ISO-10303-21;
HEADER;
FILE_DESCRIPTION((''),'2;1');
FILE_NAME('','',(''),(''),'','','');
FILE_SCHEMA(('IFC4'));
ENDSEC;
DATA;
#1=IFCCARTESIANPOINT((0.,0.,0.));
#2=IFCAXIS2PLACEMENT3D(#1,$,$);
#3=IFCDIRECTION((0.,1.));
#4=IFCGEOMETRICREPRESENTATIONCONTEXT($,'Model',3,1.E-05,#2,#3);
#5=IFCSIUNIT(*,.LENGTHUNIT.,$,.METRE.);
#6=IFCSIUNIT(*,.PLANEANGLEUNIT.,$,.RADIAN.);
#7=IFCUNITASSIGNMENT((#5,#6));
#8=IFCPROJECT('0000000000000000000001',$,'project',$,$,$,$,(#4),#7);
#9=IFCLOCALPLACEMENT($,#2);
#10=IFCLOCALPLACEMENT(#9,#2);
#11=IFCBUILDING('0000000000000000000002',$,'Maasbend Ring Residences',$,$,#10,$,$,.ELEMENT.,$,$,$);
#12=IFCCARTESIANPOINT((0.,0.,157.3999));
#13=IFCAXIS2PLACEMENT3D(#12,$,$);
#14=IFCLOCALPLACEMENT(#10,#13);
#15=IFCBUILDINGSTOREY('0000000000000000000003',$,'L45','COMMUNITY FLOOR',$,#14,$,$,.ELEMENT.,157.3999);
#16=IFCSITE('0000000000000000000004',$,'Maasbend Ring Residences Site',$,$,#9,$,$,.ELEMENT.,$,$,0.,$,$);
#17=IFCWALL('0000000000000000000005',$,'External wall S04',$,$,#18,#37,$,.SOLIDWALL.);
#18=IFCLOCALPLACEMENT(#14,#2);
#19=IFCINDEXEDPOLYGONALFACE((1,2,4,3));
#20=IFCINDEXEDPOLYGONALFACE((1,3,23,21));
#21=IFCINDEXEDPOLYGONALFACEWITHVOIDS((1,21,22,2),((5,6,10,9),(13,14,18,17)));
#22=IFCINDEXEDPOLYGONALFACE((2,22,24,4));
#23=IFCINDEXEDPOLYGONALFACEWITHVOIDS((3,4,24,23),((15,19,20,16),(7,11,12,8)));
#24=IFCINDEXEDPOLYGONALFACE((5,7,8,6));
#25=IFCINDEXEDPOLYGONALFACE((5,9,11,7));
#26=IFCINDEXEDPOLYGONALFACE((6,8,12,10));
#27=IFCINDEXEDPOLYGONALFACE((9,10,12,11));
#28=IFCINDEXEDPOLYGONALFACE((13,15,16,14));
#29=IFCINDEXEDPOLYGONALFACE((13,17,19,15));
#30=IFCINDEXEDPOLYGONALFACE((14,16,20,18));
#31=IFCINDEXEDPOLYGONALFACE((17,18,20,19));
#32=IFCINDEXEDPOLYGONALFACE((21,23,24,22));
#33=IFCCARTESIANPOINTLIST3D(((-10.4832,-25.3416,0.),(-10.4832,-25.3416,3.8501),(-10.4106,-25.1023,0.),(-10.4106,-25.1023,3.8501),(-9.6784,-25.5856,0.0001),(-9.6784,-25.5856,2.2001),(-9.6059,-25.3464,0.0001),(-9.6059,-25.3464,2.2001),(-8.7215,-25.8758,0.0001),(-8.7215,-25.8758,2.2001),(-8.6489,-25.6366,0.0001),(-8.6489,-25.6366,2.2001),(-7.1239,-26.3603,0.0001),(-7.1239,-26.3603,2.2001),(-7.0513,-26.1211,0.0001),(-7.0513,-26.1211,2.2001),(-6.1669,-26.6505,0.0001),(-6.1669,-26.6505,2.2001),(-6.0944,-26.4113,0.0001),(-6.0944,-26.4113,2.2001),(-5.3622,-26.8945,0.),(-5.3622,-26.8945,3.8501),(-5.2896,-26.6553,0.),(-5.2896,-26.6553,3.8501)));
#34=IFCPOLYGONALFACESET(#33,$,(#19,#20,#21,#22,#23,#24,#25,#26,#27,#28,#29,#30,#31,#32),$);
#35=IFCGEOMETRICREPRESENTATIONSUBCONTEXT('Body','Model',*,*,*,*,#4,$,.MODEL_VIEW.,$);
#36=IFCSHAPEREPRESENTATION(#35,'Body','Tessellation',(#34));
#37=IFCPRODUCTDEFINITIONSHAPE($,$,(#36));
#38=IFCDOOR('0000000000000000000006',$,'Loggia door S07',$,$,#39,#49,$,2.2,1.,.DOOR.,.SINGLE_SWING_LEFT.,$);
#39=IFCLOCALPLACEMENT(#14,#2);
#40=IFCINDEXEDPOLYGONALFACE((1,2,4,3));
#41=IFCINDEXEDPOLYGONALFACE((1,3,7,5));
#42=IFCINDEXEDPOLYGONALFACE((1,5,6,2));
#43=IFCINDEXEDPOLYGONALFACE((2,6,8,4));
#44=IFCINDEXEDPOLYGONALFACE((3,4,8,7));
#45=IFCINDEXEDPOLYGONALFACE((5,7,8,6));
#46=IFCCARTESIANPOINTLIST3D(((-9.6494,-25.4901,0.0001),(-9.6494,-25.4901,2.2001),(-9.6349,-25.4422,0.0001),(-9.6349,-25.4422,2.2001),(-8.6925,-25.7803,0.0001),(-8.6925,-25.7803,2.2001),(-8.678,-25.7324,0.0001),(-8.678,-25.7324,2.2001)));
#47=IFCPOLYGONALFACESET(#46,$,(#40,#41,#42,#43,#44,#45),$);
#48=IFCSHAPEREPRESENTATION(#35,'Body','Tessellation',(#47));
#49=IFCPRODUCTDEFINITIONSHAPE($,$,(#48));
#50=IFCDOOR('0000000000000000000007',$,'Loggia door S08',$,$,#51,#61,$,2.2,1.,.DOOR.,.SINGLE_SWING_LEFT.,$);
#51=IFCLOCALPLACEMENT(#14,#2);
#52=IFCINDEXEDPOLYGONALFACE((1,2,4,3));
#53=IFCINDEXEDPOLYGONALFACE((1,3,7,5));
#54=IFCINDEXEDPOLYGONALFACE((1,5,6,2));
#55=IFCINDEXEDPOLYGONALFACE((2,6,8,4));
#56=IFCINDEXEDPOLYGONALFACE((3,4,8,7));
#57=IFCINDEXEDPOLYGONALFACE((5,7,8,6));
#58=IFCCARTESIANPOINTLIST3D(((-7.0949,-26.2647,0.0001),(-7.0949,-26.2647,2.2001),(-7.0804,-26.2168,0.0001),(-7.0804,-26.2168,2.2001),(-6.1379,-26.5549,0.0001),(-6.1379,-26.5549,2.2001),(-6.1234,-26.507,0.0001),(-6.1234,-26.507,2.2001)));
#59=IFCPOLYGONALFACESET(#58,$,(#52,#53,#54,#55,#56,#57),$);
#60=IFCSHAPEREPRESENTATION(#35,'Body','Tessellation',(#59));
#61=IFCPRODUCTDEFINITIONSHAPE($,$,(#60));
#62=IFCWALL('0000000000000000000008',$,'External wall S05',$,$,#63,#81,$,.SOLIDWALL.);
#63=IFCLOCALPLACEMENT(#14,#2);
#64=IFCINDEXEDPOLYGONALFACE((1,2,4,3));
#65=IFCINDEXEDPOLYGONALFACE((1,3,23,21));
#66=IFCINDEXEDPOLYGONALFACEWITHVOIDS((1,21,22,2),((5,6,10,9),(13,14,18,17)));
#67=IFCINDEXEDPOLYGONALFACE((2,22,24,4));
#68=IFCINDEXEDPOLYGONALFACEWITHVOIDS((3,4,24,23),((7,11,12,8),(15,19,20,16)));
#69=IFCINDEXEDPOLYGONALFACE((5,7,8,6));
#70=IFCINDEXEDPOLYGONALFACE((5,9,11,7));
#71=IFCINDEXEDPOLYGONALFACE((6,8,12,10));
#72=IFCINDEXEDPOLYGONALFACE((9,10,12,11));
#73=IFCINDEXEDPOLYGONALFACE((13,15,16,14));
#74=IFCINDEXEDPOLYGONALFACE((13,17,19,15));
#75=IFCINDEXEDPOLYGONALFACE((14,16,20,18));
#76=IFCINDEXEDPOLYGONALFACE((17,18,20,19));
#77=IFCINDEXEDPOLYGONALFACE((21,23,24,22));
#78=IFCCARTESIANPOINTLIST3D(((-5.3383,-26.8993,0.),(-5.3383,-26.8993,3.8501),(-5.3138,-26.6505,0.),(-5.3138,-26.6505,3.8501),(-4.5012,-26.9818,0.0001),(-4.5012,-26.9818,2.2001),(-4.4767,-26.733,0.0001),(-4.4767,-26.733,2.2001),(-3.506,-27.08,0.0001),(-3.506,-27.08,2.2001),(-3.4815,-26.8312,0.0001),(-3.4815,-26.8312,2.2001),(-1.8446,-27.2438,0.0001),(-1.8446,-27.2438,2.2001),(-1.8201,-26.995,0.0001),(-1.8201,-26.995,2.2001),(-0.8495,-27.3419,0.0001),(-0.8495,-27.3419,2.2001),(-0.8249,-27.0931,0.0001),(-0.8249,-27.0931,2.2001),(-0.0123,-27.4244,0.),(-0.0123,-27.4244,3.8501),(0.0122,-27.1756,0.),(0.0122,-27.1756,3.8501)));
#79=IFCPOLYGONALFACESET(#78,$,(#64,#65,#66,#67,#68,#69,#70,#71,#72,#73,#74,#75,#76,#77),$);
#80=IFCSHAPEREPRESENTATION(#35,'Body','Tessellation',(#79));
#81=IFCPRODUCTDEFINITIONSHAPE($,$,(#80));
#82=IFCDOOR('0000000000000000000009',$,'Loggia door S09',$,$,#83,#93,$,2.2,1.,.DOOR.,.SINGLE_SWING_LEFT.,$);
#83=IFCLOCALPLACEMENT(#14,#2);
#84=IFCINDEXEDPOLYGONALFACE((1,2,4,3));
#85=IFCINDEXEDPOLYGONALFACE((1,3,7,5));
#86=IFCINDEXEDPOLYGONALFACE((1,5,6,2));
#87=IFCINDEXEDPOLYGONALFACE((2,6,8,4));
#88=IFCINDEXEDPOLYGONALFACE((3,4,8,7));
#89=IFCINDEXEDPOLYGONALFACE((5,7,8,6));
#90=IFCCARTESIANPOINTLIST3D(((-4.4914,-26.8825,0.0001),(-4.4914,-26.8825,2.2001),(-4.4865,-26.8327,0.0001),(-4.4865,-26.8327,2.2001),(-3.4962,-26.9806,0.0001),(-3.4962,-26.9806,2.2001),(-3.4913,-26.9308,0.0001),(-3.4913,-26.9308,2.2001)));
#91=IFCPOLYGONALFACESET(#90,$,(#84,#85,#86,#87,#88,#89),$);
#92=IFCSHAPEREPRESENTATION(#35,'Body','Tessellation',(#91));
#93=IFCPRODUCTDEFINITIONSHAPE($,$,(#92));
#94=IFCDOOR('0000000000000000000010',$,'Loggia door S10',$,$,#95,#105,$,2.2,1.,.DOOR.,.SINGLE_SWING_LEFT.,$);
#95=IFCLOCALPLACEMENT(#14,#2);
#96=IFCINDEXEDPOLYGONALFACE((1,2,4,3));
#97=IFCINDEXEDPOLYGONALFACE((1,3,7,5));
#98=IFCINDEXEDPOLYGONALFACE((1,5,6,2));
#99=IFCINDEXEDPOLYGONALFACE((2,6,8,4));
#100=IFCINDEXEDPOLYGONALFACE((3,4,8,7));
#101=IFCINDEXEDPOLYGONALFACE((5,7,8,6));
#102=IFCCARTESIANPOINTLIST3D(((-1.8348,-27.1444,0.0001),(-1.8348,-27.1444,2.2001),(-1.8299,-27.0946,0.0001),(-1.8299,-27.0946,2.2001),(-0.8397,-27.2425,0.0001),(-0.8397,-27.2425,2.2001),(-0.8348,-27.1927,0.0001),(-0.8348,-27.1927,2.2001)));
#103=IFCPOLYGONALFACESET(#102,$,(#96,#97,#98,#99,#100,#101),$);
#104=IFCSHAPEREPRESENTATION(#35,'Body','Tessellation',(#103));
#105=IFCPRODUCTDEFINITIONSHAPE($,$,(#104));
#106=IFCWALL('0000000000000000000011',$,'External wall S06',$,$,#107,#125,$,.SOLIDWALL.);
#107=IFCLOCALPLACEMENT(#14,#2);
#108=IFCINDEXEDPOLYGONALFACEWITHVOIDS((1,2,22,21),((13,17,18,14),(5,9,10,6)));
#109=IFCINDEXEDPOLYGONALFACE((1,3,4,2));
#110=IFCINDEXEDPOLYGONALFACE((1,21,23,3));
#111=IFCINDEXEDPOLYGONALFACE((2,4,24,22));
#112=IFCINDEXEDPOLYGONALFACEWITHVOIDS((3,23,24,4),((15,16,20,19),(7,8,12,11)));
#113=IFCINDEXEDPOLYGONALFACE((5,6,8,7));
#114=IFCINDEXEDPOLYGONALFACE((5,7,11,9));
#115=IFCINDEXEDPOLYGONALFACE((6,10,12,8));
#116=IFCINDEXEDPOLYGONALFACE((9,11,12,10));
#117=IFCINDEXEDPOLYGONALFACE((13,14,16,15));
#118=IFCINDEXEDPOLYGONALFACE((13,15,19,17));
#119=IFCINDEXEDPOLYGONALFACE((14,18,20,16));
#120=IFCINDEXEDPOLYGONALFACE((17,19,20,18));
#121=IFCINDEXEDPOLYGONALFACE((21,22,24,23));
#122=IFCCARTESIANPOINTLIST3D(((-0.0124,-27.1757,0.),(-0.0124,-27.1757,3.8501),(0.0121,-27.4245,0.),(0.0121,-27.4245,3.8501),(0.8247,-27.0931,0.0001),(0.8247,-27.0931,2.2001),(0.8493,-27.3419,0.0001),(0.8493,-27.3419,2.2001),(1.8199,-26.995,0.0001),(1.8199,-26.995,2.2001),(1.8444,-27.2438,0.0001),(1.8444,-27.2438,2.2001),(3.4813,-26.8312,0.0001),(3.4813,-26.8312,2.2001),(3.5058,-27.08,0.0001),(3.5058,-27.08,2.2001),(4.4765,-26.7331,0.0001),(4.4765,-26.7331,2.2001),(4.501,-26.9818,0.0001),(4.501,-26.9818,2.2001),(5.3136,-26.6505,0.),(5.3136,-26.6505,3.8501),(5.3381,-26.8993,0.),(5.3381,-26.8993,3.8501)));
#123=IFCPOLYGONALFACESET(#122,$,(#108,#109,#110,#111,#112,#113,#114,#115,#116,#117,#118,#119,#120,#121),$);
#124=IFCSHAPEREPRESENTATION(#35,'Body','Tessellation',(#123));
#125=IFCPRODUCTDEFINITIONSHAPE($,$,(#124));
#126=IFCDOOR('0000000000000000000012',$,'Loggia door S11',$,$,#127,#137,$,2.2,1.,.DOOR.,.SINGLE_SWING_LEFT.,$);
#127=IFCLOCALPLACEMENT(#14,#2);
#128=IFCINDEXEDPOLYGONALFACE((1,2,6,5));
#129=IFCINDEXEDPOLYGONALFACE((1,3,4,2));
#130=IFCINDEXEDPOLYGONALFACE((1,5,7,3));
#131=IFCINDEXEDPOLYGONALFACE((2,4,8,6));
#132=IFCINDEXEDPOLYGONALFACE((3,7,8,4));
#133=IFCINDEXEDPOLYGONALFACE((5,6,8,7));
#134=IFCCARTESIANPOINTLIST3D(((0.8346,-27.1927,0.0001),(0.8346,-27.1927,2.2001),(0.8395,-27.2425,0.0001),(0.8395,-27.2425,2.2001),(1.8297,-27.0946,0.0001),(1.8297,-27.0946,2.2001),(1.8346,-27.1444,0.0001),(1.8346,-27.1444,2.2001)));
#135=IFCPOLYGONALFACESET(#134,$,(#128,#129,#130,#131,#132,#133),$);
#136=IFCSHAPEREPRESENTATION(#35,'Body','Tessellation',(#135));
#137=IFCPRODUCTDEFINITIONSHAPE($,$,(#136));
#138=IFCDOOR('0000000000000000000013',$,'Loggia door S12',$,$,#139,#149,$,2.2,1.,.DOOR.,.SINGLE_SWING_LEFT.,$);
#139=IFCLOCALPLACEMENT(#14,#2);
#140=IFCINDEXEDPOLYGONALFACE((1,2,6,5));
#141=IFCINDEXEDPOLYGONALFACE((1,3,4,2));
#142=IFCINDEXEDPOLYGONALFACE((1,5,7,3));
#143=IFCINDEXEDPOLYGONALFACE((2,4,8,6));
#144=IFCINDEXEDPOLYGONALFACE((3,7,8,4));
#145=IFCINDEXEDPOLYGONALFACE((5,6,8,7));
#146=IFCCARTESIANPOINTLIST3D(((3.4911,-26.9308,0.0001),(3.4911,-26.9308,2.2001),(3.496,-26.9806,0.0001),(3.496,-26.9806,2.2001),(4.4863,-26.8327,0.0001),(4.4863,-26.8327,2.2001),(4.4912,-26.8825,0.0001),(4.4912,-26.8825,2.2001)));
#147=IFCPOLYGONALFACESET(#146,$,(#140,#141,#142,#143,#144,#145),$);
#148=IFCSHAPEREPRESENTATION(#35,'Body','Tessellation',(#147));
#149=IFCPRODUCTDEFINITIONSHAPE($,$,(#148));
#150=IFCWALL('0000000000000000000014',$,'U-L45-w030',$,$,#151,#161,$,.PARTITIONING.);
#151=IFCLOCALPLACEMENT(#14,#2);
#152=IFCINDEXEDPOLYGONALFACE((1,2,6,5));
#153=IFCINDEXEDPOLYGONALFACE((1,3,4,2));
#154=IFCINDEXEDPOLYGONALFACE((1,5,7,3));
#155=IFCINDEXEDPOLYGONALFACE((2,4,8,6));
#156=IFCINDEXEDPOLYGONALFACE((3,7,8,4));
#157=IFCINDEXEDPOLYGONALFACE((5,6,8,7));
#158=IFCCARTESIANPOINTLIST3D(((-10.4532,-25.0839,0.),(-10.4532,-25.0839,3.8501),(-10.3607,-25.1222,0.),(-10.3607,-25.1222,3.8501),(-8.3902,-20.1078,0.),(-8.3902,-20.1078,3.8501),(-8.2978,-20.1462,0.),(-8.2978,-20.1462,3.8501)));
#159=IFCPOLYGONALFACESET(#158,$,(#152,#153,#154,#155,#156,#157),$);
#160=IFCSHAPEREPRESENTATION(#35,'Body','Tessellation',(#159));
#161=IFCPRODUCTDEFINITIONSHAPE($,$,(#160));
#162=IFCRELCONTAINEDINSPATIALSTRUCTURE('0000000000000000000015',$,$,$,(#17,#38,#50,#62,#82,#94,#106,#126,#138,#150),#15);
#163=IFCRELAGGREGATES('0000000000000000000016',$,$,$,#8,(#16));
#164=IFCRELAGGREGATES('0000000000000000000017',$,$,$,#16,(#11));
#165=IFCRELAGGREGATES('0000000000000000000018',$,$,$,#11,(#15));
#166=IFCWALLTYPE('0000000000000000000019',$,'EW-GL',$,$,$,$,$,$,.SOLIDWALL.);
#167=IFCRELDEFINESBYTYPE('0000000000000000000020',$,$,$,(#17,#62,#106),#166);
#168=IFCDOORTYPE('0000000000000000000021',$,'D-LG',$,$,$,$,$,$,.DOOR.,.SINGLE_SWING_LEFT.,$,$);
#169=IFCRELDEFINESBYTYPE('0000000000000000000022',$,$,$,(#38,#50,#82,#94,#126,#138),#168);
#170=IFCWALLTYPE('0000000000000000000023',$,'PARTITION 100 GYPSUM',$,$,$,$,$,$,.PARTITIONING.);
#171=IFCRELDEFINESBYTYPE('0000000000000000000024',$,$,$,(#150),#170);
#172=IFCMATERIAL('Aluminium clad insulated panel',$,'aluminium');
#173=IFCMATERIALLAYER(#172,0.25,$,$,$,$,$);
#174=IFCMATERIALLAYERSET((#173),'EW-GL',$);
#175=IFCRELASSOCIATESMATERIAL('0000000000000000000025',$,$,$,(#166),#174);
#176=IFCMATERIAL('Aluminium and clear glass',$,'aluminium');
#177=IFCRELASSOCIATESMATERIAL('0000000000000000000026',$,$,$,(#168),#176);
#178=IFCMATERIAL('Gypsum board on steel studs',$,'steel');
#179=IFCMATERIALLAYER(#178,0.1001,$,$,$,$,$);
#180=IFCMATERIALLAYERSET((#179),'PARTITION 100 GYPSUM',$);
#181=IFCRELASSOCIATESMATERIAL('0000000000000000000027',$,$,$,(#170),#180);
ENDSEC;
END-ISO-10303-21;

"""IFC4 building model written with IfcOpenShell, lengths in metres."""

from ifc_helpers import new_model, si_unit, direction, frame, frame_2d, origin, place, context, subcontext, project, spatial, rectangle, extrude, material, layer, layer_set, type_object, element, fill, save


model = new_model("IFC4")

# Units and contexts
model_context = context("Model", 3, precision=1e-05, world=origin(), true_north=direction((0.0, 1.0)))
body_context = subcontext(model_context, "Body", "Model", "MODEL_VIEW")
ifc_project = project(units=[si_unit("LENGTHUNIT", "METRE"), si_unit("PLANEANGLEUNIT", "RADIAN")], contexts=[model_context])

# Site, building, storey
site_placement = place(None, origin())
site = spatial("IfcSite", under=ifc_project, at=site_placement, Name="Maasbend Ring Residences Site", CompositionType="ELEMENT", RefElevation=0.0)
building_placement = place(site_placement, origin())
building = spatial("IfcBuilding", under=site, at=building_placement, Name="Maasbend Ring Residences", CompositionType="ELEMENT")
storey_placement = place(building_placement, frame((0.0, 0.0, 157.3999)))
storey = spatial("IfcBuildingStorey", under=building, at=storey_placement, Name="L45", Description="COMMUNITY FLOOR", CompositionType="ELEMENT", Elevation=157.3999)

# Walls, openings, doors
ifc_material_1 = material(Name="Aluminium clad insulated panel", Category="aluminium")
ifc_layer_1 = layer(ifc_material_1, 0.25)
ifc_layer_set_1 = layer_set([ifc_layer_1], Name="EW-GL")
wall_type_1 = type_object("IfcWallType", Name="EW-GL", PredefinedType="SOLIDWALL", material=ifc_layer_set_1)
wall_1_placement = place(storey_placement, frame((-10.447, -25.2219, 0.0), z_axis=(0.0, 0.0, 1.0), x_axis=(0.956966, -0.290201, 0.0)))
wall_1 = element("IfcWall", 1, at=wall_1_placement, inside=storey, type_object=wall_type_1, Name="External wall S04", PredefinedType="SOLIDWALL", context=body_context, shape_type="SweptSolid", body=[
    extrude(rectangle(XDim=5.3513, YDim=0.25, at=frame_2d((2.6758, 0.0))), origin(), (0.0, 0.0, 1.0), 3.8501),
])
opening_1_placement = place(wall_1_placement, frame((0.8411, 0.0, 0.0)))
opening_1 = element("IfcOpeningElement", 2, at=opening_1_placement, cuts=wall_1, PredefinedType="OPENING", context=body_context, shape_type="SweptSolid", body=[
    extrude(rectangle(XDim=1.0, YDim=2.2, at=frame_2d((0.5, 1.1001))), frame((0.0, 0.135, 0.0), z_axis=(0.0, -1.0, 0.0), x_axis=(1.0, 0.0, 0.0)), (0.0, 0.0, 1.0), 0.27),
])
opening_2_placement = place(wall_1_placement, frame((3.5105, 0.0, 0.0)))
opening_2 = element("IfcOpeningElement", 3, at=opening_2_placement, cuts=wall_1, PredefinedType="OPENING", context=body_context, shape_type="SweptSolid", body=[
    extrude(rectangle(XDim=1.0, YDim=2.2, at=frame_2d((0.5, 1.1001))), frame((0.0, 0.135, 0.0), z_axis=(0.0, -1.0, 0.0), x_axis=(1.0, 0.0, 0.0)), (0.0, 0.0, 1.0), 0.27),
])
ifc_material_2 = material(Name="Aluminium and clear glass", Category="aluminium")
door_type_1 = type_object("IfcDoorType", Name="D-LG", OperationType="SINGLE_SWING_LEFT", PredefinedType="DOOR", material=ifc_material_2)
door_1_placement = place(opening_1_placement, origin())
door_1 = element("IfcDoor", 4, at=door_1_placement, inside=storey, type_object=door_type_1, Name="Loggia door S07", OperationType="SINGLE_SWING_LEFT", OverallHeight=2.2, OverallWidth=1.0, PredefinedType="DOOR", context=body_context, shape_type="SweptSolid", body=[
    extrude(rectangle(XDim=1.0, YDim=2.2, at=frame_2d((0.5, 1.1001))), frame((0.0, 0.0249, 0.0), z_axis=(0.0, -1.0, 0.0), x_axis=(1.0, 0.0, 0.0)), (0.0, 0.0, 1.0), 0.05),
])
fill(opening_1, door_1)
door_2_placement = place(opening_2_placement, origin())
door_2 = element("IfcDoor", 5, at=door_2_placement, inside=storey, type_object=door_type_1, Name="Loggia door S08", OperationType="SINGLE_SWING_LEFT", OverallHeight=2.2, OverallWidth=1.0, PredefinedType="DOOR", context=body_context, shape_type="SweptSolid", body=[
    extrude(rectangle(XDim=1.0, YDim=2.2, at=frame_2d((0.5, 1.1001))), frame((0.0, 0.0249, 0.0), z_axis=(0.0, -1.0, 0.0), x_axis=(1.0, 0.0, 0.0)), (0.0, 0.0, 1.0), 0.05),
])
fill(opening_2, door_2)
wall_2_placement = place(storey_placement, frame((-5.3259, -26.7749, 0.0), z_axis=(0.0, 0.0, 1.0), x_axis=(0.995174, -0.098126, 0.0)))
wall_2 = element("IfcWall", 6, at=wall_2_placement, inside=storey, type_object=wall_type_1, Name="External wall S05", PredefinedType="SOLIDWALL", context=body_context, shape_type="SweptSolid", body=[
    extrude(rectangle(XDim=5.3518, YDim=0.25, at=frame_2d((2.6758, 0.0))), origin(), (0.0, 0.0, 1.0), 3.8501),
])
opening_3_placement = place(wall_2_placement, frame((0.8411, 0.0, 0.0)))
opening_3 = element("IfcOpeningElement", 7, at=opening_3_placement, cuts=wall_2, PredefinedType="OPENING", context=body_context, shape_type="SweptSolid", body=[
    extrude(rectangle(XDim=1.0, YDim=2.2, at=frame_2d((0.5, 1.1001))), frame((0.0, 0.135, 0.0), z_axis=(0.0, -1.0, 0.0), x_axis=(1.0, 0.0, 0.0)), (0.0, 0.0, 1.0), 0.27),
])
opening_4_placement = place(wall_2_placement, frame((3.5105, 0.0, 0.0)))
opening_4 = element("IfcOpeningElement", 8, at=opening_4_placement, cuts=wall_2, PredefinedType="OPENING", context=body_context, shape_type="SweptSolid", body=[
    extrude(rectangle(XDim=1.0, YDim=2.2, at=frame_2d((0.5, 1.1001))), frame((0.0, 0.135, 0.0), z_axis=(0.0, -1.0, 0.0), x_axis=(1.0, 0.0, 0.0)), (0.0, 0.0, 1.0), 0.27),
])
door_3_placement = place(opening_3_placement, origin())
door_3 = element("IfcDoor", 9, at=door_3_placement, inside=storey, type_object=door_type_1, Name="Loggia door S09", OperationType="SINGLE_SWING_LEFT", OverallHeight=2.2, OverallWidth=1.0, PredefinedType="DOOR", context=body_context, shape_type="SweptSolid", body=[
    extrude(rectangle(XDim=1.0, YDim=2.2, at=frame_2d((0.5, 1.1001))), frame((0.0, 0.0249, 0.0), z_axis=(0.0, -1.0, 0.0), x_axis=(1.0, 0.0, 0.0)), (0.0, 0.0, 1.0), 0.05),
])
fill(opening_3, door_3)
door_4_placement = place(opening_4_placement, origin())
door_4 = element("IfcDoor", 10, at=door_4_placement, inside=storey, type_object=door_type_1, Name="Loggia door S10", OperationType="SINGLE_SWING_LEFT", OverallHeight=2.2, OverallWidth=1.0, PredefinedType="DOOR", context=body_context, shape_type="SweptSolid", body=[
    extrude(rectangle(XDim=1.0, YDim=2.2, at=frame_2d((0.5, 1.1001))), frame((0.0, 0.0249, 0.0), z_axis=(0.0, -1.0, 0.0), x_axis=(1.0, 0.0, 0.0)), (0.0, 0.0, 1.0), 0.05),
])
fill(opening_4, door_4)
wall_3_placement = place(storey_placement, frame((0.0, -27.3, 0.0), z_axis=(0.0, 0.0, 1.0), x_axis=(0.995174, 0.098126, 0.0)))
wall_3 = element("IfcWall", 11, at=wall_3_placement, inside=storey, type_object=wall_type_1, Name="External wall S06", PredefinedType="SOLIDWALL", context=body_context, shape_type="SweptSolid", body=[
    extrude(rectangle(XDim=5.3518, YDim=0.25, at=frame_2d((2.6758, 0.0))), origin(), (0.0, 0.0, 1.0), 3.8501),
])
opening_5_placement = place(wall_3_placement, frame((0.8411, 0.0, 0.0)))
opening_5 = element("IfcOpeningElement", 12, at=opening_5_placement, cuts=wall_3, PredefinedType="OPENING", context=body_context, shape_type="SweptSolid", body=[
    extrude(rectangle(XDim=1.0, YDim=2.2, at=frame_2d((0.5, 1.1001))), frame((0.0, 0.135, 0.0), z_axis=(0.0, -1.0, 0.0), x_axis=(1.0, 0.0, 0.0)), (0.0, 0.0, 1.0), 0.27),
])
opening_6_placement = place(wall_3_placement, frame((3.5105, 0.0, 0.0)))
opening_6 = element("IfcOpeningElement", 13, at=opening_6_placement, cuts=wall_3, PredefinedType="OPENING", context=body_context, shape_type="SweptSolid", body=[
    extrude(rectangle(XDim=1.0, YDim=2.2, at=frame_2d((0.5, 1.1001))), frame((0.0, 0.135, 0.0), z_axis=(0.0, -1.0, 0.0), x_axis=(1.0, 0.0, 0.0)), (0.0, 0.0, 1.0), 0.27),
])
door_5_placement = place(opening_5_placement, origin())
door_5 = element("IfcDoor", 14, at=door_5_placement, inside=storey, type_object=door_type_1, Name="Loggia door S11", OperationType="SINGLE_SWING_LEFT", OverallHeight=2.2, OverallWidth=1.0, PredefinedType="DOOR", context=body_context, shape_type="SweptSolid", body=[
    extrude(rectangle(XDim=1.0, YDim=2.2, at=frame_2d((0.5, 1.1001))), frame((0.0, 0.0249, 0.0), z_axis=(0.0, -1.0, 0.0), x_axis=(1.0, 0.0, 0.0)), (0.0, 0.0, 1.0), 0.05),
])
fill(opening_5, door_5)
door_6_placement = place(opening_6_placement, origin())
door_6 = element("IfcDoor", 15, at=door_6_placement, inside=storey, type_object=door_type_1, Name="Loggia door S12", OperationType="SINGLE_SWING_LEFT", OverallHeight=2.2, OverallWidth=1.0, PredefinedType="DOOR", context=body_context, shape_type="SweptSolid", body=[
    extrude(rectangle(XDim=1.0, YDim=2.2, at=frame_2d((0.5, 1.1001))), frame((0.0, 0.0249, 0.0), z_axis=(0.0, -1.0, 0.0), x_axis=(1.0, 0.0, 0.0)), (0.0, 0.0, 1.0), 0.05),
])
fill(opening_6, door_6)

# Wall
ifc_material_3 = material(Name="Gypsum board on steel studs", Category="steel")
ifc_layer_2 = layer(ifc_material_3, 0.1001)
ifc_layer_set_2 = layer_set([ifc_layer_2], Name="PARTITION 100 GYPSUM")
wall_type_2 = type_object("IfcWallType", Name="PARTITION 100 GYPSUM", PredefinedType="PARTITIONING", material=ifc_layer_set_2)
wall_4_placement = place(storey_placement, frame((-10.407, -25.103, 0.0), z_axis=(0.0, 0.0, 1.0), x_axis=(0.382974, 0.923759, 0.0)))
element("IfcWall", 16, at=wall_4_placement, inside=storey, type_object=wall_type_2, Name="U-L45-w030", PredefinedType="PARTITIONING", context=body_context, shape_type="SweptSolid", body=[
    extrude(rectangle(XDim=5.3867, YDim=0.1001, at=frame_2d((2.6934, 0.0))), origin(), (0.0, 0.0, 1.0), 3.8501),
])

save(model, "model.ifc")
